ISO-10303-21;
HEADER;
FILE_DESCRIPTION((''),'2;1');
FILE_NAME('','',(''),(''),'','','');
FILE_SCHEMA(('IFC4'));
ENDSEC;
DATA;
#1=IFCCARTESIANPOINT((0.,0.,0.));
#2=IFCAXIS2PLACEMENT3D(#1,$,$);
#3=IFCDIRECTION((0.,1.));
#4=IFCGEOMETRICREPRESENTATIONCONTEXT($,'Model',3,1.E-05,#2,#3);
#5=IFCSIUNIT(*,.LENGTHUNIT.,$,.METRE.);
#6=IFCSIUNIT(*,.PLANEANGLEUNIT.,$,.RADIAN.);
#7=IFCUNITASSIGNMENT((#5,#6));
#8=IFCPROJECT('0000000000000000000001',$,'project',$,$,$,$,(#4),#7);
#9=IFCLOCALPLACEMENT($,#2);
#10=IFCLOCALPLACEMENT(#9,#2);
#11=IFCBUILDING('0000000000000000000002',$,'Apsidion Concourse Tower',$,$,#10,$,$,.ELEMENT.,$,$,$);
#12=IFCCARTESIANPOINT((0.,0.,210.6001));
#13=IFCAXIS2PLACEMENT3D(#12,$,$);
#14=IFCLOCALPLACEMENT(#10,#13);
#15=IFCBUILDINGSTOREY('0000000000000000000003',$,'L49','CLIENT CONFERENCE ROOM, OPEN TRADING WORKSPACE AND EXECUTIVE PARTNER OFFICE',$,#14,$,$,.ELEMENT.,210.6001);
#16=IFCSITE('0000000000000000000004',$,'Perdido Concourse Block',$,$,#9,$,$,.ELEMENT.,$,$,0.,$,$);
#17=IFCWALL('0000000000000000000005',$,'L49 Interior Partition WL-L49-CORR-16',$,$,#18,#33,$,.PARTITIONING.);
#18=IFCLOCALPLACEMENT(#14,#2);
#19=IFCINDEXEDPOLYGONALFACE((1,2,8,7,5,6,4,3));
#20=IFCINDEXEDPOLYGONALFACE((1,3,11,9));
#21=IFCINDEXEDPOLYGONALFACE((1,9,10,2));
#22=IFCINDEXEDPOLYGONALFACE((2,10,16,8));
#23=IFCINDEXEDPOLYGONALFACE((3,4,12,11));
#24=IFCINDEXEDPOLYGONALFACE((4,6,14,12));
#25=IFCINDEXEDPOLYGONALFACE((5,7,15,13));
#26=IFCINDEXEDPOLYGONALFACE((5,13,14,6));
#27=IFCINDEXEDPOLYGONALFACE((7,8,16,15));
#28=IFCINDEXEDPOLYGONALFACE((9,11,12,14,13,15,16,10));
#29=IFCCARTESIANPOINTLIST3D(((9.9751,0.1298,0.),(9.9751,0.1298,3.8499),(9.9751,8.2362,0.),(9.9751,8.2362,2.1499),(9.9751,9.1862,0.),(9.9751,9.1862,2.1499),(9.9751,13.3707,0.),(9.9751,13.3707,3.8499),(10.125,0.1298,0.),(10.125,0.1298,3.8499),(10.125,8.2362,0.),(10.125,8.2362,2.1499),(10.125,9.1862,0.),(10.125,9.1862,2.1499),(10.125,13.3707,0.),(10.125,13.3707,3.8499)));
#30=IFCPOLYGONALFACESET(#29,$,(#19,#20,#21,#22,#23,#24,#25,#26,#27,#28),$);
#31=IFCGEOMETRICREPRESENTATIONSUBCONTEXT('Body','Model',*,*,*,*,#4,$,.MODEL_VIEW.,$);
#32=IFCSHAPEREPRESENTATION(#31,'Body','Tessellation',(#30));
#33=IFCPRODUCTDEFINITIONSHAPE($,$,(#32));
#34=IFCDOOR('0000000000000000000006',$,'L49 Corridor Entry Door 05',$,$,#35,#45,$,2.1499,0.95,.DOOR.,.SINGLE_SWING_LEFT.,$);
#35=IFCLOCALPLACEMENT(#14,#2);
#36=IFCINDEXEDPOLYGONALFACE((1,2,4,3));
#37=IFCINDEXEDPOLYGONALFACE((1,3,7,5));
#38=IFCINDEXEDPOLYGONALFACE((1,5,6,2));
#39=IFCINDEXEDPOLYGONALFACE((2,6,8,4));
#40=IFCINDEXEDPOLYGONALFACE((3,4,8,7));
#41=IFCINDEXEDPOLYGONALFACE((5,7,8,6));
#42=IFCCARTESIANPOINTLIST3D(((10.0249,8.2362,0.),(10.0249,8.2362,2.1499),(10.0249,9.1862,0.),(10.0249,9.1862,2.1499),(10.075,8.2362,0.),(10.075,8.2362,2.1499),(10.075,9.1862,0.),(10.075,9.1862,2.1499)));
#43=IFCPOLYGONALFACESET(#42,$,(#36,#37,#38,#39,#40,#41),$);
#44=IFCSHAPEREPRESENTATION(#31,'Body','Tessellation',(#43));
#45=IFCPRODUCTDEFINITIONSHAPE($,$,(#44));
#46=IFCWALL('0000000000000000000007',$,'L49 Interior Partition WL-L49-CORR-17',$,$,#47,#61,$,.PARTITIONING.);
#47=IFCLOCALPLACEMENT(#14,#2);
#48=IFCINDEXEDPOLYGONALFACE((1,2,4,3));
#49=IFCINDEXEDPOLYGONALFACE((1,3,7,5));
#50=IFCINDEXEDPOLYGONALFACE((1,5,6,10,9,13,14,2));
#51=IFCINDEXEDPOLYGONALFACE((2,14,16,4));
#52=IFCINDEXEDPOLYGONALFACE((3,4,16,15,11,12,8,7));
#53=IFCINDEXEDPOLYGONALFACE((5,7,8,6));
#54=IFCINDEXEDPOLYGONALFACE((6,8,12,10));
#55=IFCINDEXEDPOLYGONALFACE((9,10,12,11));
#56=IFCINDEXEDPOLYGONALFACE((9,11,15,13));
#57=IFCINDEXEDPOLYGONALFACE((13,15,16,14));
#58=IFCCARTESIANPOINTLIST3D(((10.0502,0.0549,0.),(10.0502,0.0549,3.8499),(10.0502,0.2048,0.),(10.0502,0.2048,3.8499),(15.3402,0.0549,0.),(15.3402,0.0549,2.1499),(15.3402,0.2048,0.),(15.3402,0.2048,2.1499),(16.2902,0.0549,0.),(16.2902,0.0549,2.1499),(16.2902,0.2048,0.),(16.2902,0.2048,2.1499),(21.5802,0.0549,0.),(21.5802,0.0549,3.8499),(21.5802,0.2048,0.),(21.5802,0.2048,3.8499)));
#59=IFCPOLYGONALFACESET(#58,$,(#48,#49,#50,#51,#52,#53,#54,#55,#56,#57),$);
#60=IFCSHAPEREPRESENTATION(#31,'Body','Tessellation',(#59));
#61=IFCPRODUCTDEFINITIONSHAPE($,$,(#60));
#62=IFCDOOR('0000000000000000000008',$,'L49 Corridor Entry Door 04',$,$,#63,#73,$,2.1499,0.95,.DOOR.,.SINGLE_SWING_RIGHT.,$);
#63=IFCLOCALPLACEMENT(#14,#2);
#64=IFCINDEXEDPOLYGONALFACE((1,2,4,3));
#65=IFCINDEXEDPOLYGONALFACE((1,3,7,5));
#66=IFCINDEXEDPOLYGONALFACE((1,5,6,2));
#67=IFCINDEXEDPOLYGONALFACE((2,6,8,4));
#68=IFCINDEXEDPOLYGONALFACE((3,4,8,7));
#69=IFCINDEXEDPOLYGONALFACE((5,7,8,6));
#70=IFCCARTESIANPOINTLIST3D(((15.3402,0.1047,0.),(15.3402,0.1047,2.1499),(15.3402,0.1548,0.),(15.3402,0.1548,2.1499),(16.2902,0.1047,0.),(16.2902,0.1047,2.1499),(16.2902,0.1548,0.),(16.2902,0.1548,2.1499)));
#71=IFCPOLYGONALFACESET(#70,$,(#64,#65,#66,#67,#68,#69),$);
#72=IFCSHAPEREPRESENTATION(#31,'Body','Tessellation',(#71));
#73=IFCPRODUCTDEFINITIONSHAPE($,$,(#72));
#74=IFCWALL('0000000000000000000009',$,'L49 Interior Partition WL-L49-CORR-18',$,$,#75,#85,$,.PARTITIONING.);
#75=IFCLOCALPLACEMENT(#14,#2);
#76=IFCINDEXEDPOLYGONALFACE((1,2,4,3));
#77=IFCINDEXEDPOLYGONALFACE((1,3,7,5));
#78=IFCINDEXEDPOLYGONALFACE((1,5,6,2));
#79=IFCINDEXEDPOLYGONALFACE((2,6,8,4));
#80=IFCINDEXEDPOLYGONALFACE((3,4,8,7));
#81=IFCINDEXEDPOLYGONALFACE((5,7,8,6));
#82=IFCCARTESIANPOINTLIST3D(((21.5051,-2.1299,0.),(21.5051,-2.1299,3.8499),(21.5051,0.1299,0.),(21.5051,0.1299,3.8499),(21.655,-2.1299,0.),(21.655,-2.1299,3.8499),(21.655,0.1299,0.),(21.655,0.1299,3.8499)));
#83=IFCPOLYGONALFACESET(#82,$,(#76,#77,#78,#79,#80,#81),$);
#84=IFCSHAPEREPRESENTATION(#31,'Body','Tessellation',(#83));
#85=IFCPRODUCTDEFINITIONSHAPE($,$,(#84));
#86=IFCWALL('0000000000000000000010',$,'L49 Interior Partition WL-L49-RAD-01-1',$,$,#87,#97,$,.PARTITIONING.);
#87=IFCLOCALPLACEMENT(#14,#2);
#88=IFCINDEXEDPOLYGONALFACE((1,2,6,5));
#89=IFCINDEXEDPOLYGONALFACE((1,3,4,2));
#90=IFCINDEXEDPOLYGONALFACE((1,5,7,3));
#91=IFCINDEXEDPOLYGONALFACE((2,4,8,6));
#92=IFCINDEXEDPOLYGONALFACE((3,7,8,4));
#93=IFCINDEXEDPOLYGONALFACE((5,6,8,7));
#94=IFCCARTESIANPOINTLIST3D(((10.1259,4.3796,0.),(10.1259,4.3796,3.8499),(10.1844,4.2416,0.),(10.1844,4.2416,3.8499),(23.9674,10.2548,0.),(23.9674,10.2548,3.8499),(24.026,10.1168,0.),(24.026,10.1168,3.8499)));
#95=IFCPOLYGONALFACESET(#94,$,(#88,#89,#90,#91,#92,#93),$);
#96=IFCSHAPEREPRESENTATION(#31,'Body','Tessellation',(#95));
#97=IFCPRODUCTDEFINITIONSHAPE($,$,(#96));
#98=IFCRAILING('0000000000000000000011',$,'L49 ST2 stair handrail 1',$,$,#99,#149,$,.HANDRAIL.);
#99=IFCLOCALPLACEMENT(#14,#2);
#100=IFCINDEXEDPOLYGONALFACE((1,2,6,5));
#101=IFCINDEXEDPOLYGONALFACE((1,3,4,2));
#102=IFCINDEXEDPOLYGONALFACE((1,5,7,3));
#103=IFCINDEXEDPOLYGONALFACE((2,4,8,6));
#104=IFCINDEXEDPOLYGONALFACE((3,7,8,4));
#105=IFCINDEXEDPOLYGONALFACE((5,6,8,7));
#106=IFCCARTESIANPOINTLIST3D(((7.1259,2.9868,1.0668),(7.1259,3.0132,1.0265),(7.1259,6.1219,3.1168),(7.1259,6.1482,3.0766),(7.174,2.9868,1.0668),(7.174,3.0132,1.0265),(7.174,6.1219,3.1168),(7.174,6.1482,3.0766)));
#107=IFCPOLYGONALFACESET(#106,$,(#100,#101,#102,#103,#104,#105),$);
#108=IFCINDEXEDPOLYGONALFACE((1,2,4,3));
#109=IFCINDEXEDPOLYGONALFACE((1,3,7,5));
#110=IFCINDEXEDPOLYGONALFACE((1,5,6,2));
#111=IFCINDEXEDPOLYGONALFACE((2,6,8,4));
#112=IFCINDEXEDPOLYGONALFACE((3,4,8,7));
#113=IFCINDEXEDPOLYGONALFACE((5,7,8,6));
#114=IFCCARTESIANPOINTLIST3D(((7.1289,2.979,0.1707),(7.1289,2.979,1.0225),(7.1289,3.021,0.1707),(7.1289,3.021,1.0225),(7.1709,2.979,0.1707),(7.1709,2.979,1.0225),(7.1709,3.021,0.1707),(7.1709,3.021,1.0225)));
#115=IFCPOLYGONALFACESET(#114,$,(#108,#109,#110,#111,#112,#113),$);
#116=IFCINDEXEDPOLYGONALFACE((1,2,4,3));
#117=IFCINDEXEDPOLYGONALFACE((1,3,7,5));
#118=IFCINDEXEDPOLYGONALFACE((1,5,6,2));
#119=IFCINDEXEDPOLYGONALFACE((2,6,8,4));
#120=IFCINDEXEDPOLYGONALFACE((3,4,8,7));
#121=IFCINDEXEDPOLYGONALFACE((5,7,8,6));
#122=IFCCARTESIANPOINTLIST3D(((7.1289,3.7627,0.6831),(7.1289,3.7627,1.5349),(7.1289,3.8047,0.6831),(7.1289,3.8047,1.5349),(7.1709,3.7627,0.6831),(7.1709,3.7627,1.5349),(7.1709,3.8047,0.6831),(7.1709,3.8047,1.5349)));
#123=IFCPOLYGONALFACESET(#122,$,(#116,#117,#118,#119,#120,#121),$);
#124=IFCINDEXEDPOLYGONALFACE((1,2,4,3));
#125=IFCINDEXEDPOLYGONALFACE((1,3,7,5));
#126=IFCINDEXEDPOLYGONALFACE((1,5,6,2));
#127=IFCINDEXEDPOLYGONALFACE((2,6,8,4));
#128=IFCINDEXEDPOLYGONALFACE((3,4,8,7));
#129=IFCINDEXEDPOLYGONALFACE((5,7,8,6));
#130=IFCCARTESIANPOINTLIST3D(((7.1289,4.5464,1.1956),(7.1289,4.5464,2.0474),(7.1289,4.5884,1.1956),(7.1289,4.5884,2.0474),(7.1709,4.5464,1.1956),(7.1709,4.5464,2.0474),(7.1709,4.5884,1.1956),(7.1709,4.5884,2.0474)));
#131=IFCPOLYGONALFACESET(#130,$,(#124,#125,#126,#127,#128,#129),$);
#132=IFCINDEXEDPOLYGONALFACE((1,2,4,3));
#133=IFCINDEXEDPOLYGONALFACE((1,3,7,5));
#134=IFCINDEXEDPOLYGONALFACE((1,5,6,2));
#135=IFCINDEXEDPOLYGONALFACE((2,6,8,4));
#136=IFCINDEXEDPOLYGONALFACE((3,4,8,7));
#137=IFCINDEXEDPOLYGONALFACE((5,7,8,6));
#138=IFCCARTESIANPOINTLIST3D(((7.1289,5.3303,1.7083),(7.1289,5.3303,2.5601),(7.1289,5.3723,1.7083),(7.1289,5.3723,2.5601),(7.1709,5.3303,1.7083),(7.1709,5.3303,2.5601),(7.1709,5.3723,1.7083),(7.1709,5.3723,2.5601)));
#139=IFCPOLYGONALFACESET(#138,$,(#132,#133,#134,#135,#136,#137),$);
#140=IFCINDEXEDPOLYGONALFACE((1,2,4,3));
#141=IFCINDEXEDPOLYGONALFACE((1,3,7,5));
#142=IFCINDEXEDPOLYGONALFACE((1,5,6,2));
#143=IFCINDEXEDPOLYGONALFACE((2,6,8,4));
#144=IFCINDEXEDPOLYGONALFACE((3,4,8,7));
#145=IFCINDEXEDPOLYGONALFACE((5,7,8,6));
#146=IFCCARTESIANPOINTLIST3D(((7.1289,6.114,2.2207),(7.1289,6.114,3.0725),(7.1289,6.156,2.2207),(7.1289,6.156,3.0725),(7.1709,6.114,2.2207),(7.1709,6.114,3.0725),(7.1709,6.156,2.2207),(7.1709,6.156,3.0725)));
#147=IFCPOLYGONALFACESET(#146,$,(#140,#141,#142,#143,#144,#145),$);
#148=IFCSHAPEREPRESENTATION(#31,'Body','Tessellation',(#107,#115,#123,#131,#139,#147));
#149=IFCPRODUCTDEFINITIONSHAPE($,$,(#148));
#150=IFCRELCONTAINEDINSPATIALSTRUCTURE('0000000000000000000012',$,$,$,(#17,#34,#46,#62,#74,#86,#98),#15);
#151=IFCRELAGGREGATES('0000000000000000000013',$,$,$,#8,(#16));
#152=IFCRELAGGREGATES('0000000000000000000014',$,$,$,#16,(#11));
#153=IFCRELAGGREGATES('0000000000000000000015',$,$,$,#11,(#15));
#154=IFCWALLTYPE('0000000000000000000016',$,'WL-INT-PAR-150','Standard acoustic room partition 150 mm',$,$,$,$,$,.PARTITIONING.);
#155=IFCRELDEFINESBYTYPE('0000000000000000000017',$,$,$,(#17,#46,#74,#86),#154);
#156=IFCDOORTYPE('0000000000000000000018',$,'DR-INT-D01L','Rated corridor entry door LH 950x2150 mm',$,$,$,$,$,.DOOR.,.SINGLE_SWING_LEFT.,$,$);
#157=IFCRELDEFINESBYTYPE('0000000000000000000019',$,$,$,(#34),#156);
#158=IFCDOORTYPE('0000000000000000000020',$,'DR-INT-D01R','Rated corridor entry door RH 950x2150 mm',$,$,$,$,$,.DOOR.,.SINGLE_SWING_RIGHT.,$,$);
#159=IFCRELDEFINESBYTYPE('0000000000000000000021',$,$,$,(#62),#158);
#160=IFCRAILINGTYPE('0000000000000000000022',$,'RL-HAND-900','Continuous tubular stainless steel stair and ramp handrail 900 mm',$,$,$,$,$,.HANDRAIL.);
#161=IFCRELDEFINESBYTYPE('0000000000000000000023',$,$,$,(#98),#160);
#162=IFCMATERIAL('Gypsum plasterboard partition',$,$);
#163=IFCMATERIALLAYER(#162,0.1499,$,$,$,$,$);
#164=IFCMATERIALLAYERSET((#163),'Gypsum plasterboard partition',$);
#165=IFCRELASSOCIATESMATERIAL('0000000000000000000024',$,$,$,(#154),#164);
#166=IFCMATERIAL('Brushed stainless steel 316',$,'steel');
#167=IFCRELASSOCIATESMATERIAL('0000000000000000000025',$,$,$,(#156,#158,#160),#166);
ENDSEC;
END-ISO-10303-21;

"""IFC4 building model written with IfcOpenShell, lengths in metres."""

from ifc_helpers import new_model, si_unit, direction, frame, frame_2d, origin, origin_2d, place, context, subcontext, project, spatial, rectangle, extrude, material, layer, layer_set, type_object, element, fill, save


model = new_model("IFC4")

# Units and contexts
model_context = context("Model", 3, precision=1e-05, world=origin(), true_north=direction((0.0, 1.0)))
body_context = subcontext(model_context, "Body", "Model", "MODEL_VIEW")
ifc_project = project(units=[si_unit("LENGTHUNIT", "METRE"), si_unit("PLANEANGLEUNIT", "RADIAN")], contexts=[model_context])

# Site, building, storey
site_placement = place(None, origin())
site = spatial("IfcSite", under=ifc_project, at=site_placement, Name="Perdido Concourse Block", CompositionType="ELEMENT", RefElevation=0.0)
building_placement = place(site_placement, origin())
building = spatial("IfcBuilding", under=site, at=building_placement, Name="Apsidion Concourse Tower", CompositionType="ELEMENT")
storey_placement = place(building_placement, frame((0.0, 0.0, 210.6001)))
storey = spatial("IfcBuildingStorey", under=building, at=storey_placement, Name="L49", Description="CLIENT CONFERENCE ROOM, OPEN TRADING WORKSPACE AND EXECUTIVE PARTNER OFFICE", CompositionType="ELEMENT", Elevation=210.6001)

# Shared definitions
ifc_material_1 = material(Name="Gypsum plasterboard partition")
ifc_layer_1 = layer(ifc_material_1, 0.1499)
ifc_layer_set_1 = layer_set([ifc_layer_1], Name="Gypsum plasterboard partition")
wall_type_1 = type_object("IfcWallType", Name="WL-INT-PAR-150", Description="Standard acoustic room partition 150 mm", PredefinedType="PARTITIONING", material=ifc_layer_set_1)

# Walls, openings, doors
wall_1_placement = place(storey_placement, frame((10.05, 13.3708, 0.0), z_axis=(0.0, 0.0, 1.0), x_axis=(0.0, -1.0, 0.0)))
wall_1 = element("IfcWall", 1, at=wall_1_placement, inside=storey, type_object=wall_type_1, Name="L49 Interior Partition WL-L49-CORR-16", PredefinedType="PARTITIONING", context=body_context, shape_type="SweptSolid", body=[
    extrude(rectangle(XDim=13.241, YDim=0.1499, at=frame_2d((6.6206, 0.0))), origin(), (0.0, 0.0, 1.0), 3.8499),
])
opening_1_placement = place(wall_1_placement, frame((4.1846, 0.0, 0.0)))
opening_1 = element("IfcOpeningElement", 2, at=opening_1_placement, cuts=wall_1, PredefinedType="OPENING", context=body_context, shape_type="SweptSolid", body=[
    extrude(rectangle(XDim=0.95, YDim=2.1499, at=frame_2d((0.4751, 1.075))), frame((0.0, 0.085, 0.0), z_axis=(0.0, -1.0, 0.0), x_axis=(1.0, 0.0, 0.0)), (0.0, 0.0, 1.0), 0.1699),
])
ifc_material_2 = material(Name="Brushed stainless steel 316", Category="steel")
door_type_1 = type_object("IfcDoorType", Name="DR-INT-D01L", Description="Rated corridor entry door LH 950x2150 mm", OperationType="SINGLE_SWING_LEFT", PredefinedType="DOOR", material=ifc_material_2)
door_1_placement = place(opening_1_placement, origin())
door_1 = element("IfcDoor", 3, at=door_1_placement, inside=storey, type_object=door_type_1, Name="L49 Corridor Entry Door 05", OperationType="SINGLE_SWING_LEFT", OverallHeight=2.1499, OverallWidth=0.95, PredefinedType="DOOR", context=body_context, shape_type="SweptSolid", body=[
    extrude(rectangle(XDim=0.95, YDim=2.1499, at=frame_2d((0.4751, 1.075))), frame((0.0, 0.0249, 0.0), z_axis=(0.0, -1.0, 0.0), x_axis=(1.0, 0.0, 0.0)), (0.0, 0.0, 1.0), 0.05),
])
fill(opening_1, door_1)
wall_2_placement = place(storey_placement, frame((10.05, 0.1299, 0.0), z_axis=(0.0, 0.0, 1.0), x_axis=(1.0, 0.0, 0.0)))
wall_2 = element("IfcWall", 4, at=wall_2_placement, inside=storey, type_object=wall_type_1, Name="L49 Interior Partition WL-L49-CORR-17", PredefinedType="PARTITIONING", context=body_context, shape_type="SweptSolid", body=[
    extrude(rectangle(XDim=11.53, YDim=0.1499, at=frame_2d((5.7651, 0.0))), origin(), (0.0, 0.0, 1.0), 3.8499),
])
opening_2_placement = place(wall_2_placement, frame((5.29, 0.0, 0.0)))
opening_2 = element("IfcOpeningElement", 5, at=opening_2_placement, cuts=wall_2, PredefinedType="OPENING", context=body_context, shape_type="SweptSolid", body=[
    extrude(rectangle(XDim=0.95, YDim=2.1499, at=frame_2d((0.4751, 1.075))), frame((0.0, 0.085, 0.0), z_axis=(0.0, -1.0, 0.0), x_axis=(1.0, 0.0, 0.0)), (0.0, 0.0, 1.0), 0.1699),
])
door_type_2 = type_object("IfcDoorType", Name="DR-INT-D01R", Description="Rated corridor entry door RH 950x2150 mm", OperationType="SINGLE_SWING_RIGHT", PredefinedType="DOOR", material=ifc_material_2)
door_2_placement = place(opening_2_placement, origin())
door_2 = element("IfcDoor", 6, at=door_2_placement, inside=storey, type_object=door_type_2, Name="L49 Corridor Entry Door 04", OperationType="SINGLE_SWING_RIGHT", OverallHeight=2.1499, OverallWidth=0.95, PredefinedType="DOOR", context=body_context, shape_type="SweptSolid", body=[
    extrude(rectangle(XDim=0.95, YDim=2.1499, at=frame_2d((0.4751, 1.075))), frame((0.0, 0.0249, 0.0), z_axis=(0.0, -1.0, 0.0), x_axis=(1.0, 0.0, 0.0)), (0.0, 0.0, 1.0), 0.05),
])
fill(opening_2, door_2)

# Walls
wall_3_placement = place(storey_placement, frame((21.5801, 0.1299, 0.0), z_axis=(0.0, 0.0, 1.0), x_axis=(0.0, -1.0, 0.0)))
element("IfcWall", 7, at=wall_3_placement, inside=storey, type_object=wall_type_1, Name="L49 Interior Partition WL-L49-CORR-18", PredefinedType="PARTITIONING", context=body_context, shape_type="SweptSolid", body=[
    extrude(rectangle(XDim=2.2598, YDim=0.1499, at=frame_2d((1.1299, 0.0))), origin(), (0.0, 0.0, 1.0), 3.8499),
])
wall_4_placement = place(storey_placement, frame((10.155, 4.3105, 0.0), z_axis=(0.0, 0.0, 1.0), x_axis=(0.920508, 0.390723, 0.0)))
element("IfcWall", 8, at=wall_4_placement, inside=storey, type_object=wall_type_1, Name="L49 Interior Partition WL-L49-RAD-01-1", PredefinedType="PARTITIONING", context=body_context, shape_type="SweptSolid", body=[
    extrude(rectangle(XDim=15.0369, YDim=0.1499, at=frame_2d((7.5186, 0.0))), origin(), (0.0, 0.0, 1.0), 3.8499),
])

# Railing
railing_type = type_object("IfcRailingType", Name="RL-HAND-900", Description="Continuous tubular stainless steel stair and ramp handrail 900 mm", PredefinedType="HANDRAIL", material=ifc_material_2)
railing_placement = place(storey_placement, frame((7.1499, 3.0, 0.1707)))
element("IfcRailing", 9, at=railing_placement, inside=storey, type_object=railing_type, Name="L49 ST2 stair handrail 1", PredefinedType="HANDRAIL", context=body_context, shape_type="SweptSolid", body=[
    extrude(rectangle(XDim=0.0481, YDim=0.0481, at=origin_2d()), frame((0.0, 0.0, 0.876), z_axis=(0.0, 0.836941, 0.547293), x_axis=(-1.0, 0.0, 0.0)), (0.0, 0.0, 1.0), 3.7458),
    extrude(rectangle(XDim=0.042, YDim=0.042, at=origin_2d()), origin(), (0.0, 0.0, 1.0), 0.8518),
    extrude(rectangle(XDim=0.042, YDim=0.042, at=origin_2d()), frame((0.0, 0.7837, 0.5125)), (0.0, 0.0, 1.0), 0.8518),
    extrude(rectangle(XDim=0.042, YDim=0.042, at=origin_2d()), frame((0.0, 1.5674, 1.0249)), (0.0, 0.0, 1.0), 0.8518),
    extrude(rectangle(XDim=0.042, YDim=0.042, at=origin_2d()), frame((0.0, 2.3513, 1.5376)), (0.0, 0.0, 1.0), 0.8518),
    extrude(rectangle(XDim=0.042, YDim=0.042, at=origin_2d()), frame((0.0, 3.135, 2.05)), (0.0, 0.0, 1.0), 0.8518),
])

save(model, "model.ifc")
